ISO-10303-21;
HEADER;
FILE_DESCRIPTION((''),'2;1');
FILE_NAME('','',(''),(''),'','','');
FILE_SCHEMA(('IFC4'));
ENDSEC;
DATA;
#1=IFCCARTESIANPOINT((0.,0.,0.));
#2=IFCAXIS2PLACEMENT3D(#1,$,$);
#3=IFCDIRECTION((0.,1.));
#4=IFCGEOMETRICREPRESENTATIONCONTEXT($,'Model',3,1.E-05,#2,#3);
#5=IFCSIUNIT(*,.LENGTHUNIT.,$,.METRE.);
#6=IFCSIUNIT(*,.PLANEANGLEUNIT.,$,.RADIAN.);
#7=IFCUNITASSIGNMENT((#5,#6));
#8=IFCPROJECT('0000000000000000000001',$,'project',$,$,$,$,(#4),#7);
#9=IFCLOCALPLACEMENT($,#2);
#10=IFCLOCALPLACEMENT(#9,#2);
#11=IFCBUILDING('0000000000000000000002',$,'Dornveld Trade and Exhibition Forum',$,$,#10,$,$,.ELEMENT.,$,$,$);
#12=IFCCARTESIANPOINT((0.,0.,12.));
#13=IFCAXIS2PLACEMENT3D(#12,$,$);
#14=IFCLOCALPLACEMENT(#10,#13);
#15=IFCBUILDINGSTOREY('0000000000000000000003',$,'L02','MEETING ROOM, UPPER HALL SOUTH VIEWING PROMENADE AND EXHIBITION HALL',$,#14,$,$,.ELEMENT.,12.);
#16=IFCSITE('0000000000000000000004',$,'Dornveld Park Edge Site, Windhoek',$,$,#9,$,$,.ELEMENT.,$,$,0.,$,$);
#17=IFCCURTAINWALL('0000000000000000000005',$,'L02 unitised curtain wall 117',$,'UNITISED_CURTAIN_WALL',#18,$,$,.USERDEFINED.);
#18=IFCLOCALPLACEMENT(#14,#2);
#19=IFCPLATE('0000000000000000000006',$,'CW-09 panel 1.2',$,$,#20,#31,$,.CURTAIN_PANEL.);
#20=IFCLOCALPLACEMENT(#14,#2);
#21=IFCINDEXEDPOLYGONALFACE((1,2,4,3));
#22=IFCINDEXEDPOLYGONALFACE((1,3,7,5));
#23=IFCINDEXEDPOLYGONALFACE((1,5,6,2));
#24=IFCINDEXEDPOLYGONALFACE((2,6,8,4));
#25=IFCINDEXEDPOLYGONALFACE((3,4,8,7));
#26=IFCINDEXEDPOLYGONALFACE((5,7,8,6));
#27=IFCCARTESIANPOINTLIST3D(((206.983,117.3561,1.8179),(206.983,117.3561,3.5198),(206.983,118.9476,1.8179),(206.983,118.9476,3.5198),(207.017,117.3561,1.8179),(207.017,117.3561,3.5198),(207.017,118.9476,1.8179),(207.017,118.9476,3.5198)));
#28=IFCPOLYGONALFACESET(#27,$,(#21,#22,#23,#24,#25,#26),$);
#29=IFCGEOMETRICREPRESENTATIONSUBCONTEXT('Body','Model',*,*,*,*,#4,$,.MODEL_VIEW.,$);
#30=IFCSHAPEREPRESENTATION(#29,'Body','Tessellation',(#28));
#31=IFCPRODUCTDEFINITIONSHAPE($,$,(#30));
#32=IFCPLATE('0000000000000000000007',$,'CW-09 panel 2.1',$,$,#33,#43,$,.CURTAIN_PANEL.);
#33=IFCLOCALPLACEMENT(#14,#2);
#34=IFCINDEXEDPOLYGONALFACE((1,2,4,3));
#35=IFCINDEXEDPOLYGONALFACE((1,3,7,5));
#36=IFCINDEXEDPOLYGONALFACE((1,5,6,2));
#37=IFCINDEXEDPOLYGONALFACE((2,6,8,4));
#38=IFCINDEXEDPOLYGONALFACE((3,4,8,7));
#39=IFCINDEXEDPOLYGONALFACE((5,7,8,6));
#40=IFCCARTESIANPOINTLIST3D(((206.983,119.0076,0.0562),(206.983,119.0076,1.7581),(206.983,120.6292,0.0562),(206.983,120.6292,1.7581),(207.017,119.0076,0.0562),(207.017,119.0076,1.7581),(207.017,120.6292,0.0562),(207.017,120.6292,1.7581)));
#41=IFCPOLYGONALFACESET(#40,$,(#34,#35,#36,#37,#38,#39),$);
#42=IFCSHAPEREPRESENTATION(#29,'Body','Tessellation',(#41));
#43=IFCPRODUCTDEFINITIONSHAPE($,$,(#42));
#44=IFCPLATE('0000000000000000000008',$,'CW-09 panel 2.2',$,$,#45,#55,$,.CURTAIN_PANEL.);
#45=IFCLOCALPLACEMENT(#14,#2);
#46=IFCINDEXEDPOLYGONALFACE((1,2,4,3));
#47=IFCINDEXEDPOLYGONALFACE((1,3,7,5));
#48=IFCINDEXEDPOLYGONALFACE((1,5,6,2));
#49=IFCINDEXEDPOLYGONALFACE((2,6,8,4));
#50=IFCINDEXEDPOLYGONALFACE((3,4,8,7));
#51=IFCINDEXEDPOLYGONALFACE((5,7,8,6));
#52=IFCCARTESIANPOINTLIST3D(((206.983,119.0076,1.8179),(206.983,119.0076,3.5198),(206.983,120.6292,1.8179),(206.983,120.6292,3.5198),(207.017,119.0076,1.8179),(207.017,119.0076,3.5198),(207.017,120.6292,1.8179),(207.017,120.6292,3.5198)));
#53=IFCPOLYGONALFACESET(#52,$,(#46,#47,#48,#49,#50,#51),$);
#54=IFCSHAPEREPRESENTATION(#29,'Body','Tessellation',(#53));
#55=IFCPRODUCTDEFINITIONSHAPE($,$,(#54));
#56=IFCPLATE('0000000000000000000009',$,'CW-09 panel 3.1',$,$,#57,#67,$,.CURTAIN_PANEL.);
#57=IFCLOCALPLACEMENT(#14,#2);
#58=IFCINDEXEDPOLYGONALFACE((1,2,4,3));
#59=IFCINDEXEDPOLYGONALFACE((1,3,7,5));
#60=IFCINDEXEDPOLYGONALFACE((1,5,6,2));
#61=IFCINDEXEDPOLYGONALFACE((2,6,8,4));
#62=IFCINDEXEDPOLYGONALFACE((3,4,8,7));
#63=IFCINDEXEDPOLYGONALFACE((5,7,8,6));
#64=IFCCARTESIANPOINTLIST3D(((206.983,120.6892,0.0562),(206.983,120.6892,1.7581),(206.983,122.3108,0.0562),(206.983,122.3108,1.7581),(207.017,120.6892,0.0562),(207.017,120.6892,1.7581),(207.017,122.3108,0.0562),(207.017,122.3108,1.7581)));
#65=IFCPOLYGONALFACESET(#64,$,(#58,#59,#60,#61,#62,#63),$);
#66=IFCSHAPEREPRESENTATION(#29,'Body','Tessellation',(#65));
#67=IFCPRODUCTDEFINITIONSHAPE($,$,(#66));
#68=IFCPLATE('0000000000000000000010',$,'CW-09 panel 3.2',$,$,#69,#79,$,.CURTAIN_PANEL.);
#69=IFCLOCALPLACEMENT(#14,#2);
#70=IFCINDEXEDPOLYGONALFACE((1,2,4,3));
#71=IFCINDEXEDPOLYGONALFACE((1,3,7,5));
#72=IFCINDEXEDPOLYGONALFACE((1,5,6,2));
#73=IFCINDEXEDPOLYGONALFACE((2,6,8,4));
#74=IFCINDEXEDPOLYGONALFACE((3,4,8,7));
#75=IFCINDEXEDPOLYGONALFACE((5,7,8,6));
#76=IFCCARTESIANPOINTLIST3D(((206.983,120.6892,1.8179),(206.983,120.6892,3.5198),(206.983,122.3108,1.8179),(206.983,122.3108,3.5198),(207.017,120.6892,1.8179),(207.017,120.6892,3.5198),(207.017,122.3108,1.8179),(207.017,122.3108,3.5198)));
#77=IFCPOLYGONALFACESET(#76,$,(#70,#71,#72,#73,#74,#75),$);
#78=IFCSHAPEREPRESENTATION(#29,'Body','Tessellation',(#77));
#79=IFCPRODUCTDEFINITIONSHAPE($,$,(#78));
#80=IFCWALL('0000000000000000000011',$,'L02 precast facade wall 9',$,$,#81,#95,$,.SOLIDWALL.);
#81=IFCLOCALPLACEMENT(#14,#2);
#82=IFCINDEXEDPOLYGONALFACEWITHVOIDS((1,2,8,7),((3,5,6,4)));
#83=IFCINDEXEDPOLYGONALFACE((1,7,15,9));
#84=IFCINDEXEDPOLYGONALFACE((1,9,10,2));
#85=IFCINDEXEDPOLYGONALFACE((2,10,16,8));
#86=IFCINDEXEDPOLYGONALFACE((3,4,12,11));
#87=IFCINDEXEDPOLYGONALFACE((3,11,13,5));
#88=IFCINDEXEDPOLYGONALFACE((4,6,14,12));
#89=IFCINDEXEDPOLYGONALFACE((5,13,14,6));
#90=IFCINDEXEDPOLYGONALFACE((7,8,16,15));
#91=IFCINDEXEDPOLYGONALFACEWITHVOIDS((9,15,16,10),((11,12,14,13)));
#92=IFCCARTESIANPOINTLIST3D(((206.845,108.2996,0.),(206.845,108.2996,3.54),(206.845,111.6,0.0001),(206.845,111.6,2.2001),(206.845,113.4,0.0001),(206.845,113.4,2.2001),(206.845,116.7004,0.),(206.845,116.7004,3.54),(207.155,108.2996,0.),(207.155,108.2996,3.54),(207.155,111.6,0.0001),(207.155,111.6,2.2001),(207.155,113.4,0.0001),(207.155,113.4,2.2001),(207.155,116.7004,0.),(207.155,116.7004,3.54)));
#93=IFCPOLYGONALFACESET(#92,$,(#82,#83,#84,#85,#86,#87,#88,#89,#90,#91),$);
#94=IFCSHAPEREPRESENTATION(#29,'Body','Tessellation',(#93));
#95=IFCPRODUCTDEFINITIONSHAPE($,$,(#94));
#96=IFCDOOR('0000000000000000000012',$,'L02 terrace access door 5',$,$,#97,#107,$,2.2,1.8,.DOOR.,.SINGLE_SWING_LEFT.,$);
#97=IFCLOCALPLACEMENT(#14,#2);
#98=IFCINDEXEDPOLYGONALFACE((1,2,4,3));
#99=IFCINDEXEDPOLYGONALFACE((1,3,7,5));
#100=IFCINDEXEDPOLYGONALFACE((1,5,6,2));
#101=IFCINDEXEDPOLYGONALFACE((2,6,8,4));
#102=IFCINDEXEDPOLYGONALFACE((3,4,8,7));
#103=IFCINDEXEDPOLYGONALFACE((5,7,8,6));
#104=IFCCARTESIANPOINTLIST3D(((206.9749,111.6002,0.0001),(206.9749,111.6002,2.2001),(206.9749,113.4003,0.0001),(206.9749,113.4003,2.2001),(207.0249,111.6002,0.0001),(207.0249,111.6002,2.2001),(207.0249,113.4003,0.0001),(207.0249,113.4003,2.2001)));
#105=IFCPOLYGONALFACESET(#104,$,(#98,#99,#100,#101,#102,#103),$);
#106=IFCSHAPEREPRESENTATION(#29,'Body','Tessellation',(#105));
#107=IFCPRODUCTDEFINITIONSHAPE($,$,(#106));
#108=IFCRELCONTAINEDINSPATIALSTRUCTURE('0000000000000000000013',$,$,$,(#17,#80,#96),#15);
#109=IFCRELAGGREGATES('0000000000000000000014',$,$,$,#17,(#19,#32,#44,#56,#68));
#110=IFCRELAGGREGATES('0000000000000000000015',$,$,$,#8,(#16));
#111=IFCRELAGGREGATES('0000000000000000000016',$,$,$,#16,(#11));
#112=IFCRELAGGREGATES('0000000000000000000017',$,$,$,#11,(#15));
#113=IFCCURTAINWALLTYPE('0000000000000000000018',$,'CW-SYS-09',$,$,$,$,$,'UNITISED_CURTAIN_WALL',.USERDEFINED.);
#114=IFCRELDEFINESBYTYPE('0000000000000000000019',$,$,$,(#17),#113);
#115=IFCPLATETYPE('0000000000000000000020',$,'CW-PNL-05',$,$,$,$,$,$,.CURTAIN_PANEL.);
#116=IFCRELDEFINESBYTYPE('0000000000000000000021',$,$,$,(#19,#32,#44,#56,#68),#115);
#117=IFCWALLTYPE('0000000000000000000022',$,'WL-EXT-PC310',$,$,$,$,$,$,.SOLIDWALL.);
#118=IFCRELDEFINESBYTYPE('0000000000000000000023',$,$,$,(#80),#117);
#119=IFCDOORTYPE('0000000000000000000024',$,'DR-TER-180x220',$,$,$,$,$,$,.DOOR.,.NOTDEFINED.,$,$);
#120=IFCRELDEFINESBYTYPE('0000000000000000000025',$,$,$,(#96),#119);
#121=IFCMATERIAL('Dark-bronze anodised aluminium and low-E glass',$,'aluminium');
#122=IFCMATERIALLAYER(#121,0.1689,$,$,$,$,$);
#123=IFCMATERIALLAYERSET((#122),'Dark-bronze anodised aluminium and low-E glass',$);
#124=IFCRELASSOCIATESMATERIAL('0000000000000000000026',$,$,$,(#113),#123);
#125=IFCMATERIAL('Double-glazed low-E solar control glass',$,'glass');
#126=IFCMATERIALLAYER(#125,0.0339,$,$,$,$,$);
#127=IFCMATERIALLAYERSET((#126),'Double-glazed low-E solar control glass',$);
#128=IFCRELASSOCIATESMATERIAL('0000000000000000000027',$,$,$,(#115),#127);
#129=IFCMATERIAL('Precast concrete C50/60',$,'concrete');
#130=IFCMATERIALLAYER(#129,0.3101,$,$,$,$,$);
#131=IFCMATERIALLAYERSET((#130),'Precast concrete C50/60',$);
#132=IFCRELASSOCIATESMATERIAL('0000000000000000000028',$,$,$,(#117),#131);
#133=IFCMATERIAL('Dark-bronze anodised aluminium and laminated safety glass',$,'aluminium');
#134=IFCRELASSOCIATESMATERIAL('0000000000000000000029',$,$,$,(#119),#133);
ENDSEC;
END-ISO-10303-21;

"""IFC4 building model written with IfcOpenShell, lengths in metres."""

from ifc_helpers import new_model, si_unit, direction, frame, frame_2d, origin, origin_2d, place, context, subcontext, project, spatial, rectangle, extrude, material, layer, layer_set, type_object, element, fill, aggregate, save


model = new_model("IFC4")

# Units and contexts
model_context = context("Model", 3, precision=1e-05, world=origin(), true_north=direction((0.0, 1.0)))
body_context = subcontext(model_context, "Body", "Model", "MODEL_VIEW")
ifc_project = project(units=[si_unit("LENGTHUNIT", "METRE"), si_unit("PLANEANGLEUNIT", "RADIAN")], contexts=[model_context])

# Site, building, storey
site_placement = place(None, origin())
site = spatial("IfcSite", under=ifc_project, at=site_placement, Name="Dornveld Park Edge Site, Windhoek", CompositionType="ELEMENT", RefElevation=0.0)
building_placement = place(site_placement, origin())
building = spatial("IfcBuilding", under=site, at=building_placement, Name="Dornveld Trade and Exhibition Forum", CompositionType="ELEMENT")
storey_placement = place(building_placement, frame((0.0, 0.0, 12.0)))
storey = spatial("IfcBuildingStorey", under=building, at=storey_placement, Name="L02", Description="MEETING ROOM, UPPER HALL SOUTH VIEWING PROMENADE AND EXHIBITION HALL", CompositionType="ELEMENT", Elevation=12.0)

# Curtain wall, plates
ifc_material_1 = material(Name="Dark-bronze anodised aluminium and low-E glass", Category="aluminium")
ifc_layer_1 = layer(ifc_material_1, 0.1689)
ifc_layer_set_1 = layer_set([ifc_layer_1], Name="Dark-bronze anodised aluminium and low-E glass")
curtain_wall_type = type_object("IfcCurtainWallType", Name="CW-SYS-09", ElementType="UNITISED_CURTAIN_WALL", PredefinedType="USERDEFINED", material=ifc_layer_set_1)
curtain_wall_placement = place(storey_placement, origin())
curtain_wall = element("IfcCurtainWall", 1, at=curtain_wall_placement, inside=storey, type_object=curtain_wall_type, Name="L02 unitised curtain wall 117", ObjectType="UNITISED_CURTAIN_WALL", PredefinedType="USERDEFINED")
ifc_material_2 = material(Name="Double-glazed low-E solar control glass", Category="glass")
ifc_layer_2 = layer(ifc_material_2, 0.0339)
ifc_layer_set_2 = layer_set([ifc_layer_2], Name="Double-glazed low-E solar control glass")
plate_type = type_object("IfcPlateType", Name="CW-PNL-05", PredefinedType="CURTAIN_PANEL", material=ifc_layer_set_2)
plate_1_placement = place(storey_placement, frame((207.0, 118.1519, 1.8179), z_axis=(0.0, 0.0, 1.0), x_axis=(0.0, 1.0, 0.0)))
plate_1 = element("IfcPlate", 2, at=plate_1_placement, type_object=plate_type, Name="CW-09 panel 1.2", PredefinedType="CURTAIN_PANEL", context=body_context, shape_type="SweptSolid", body=[
    extrude(rectangle(XDim=1.5916, YDim=0.0339, at=origin_2d()), origin(), (0.0, 0.0, 1.0), 1.7019),
])
plate_2_placement = place(storey_placement, frame((207.0, 119.8184, 0.0562), z_axis=(0.0, 0.0, 1.0), x_axis=(0.0, 1.0, 0.0)))
plate_2 = element("IfcPlate", 3, at=plate_2_placement, type_object=plate_type, Name="CW-09 panel 2.1", PredefinedType="CURTAIN_PANEL", context=body_context, shape_type="SweptSolid", body=[
    extrude(rectangle(XDim=1.6216, YDim=0.0339, at=origin_2d()), origin(), (0.0, 0.0, 1.0), 1.7019),
])
plate_3_placement = place(storey_placement, frame((207.0, 119.8184, 1.8179), z_axis=(0.0, 0.0, 1.0), x_axis=(0.0, 1.0, 0.0)))
plate_3 = element("IfcPlate", 4, at=plate_3_placement, type_object=plate_type, Name="CW-09 panel 2.2", PredefinedType="CURTAIN_PANEL", context=body_context, shape_type="SweptSolid", body=[
    extrude(rectangle(XDim=1.6216, YDim=0.0339, at=origin_2d()), origin(), (0.0, 0.0, 1.0), 1.7019),
])
plate_4_placement = place(storey_placement, frame((207.0, 121.5, 0.0562), z_axis=(0.0, 0.0, 1.0), x_axis=(0.0, 1.0, 0.0)))
plate_4 = element("IfcPlate", 5, at=plate_4_placement, type_object=plate_type, Name="CW-09 panel 3.1", PredefinedType="CURTAIN_PANEL", context=body_context, shape_type="SweptSolid", body=[
    extrude(rectangle(XDim=1.6216, YDim=0.0339, at=origin_2d()), origin(), (0.0, 0.0, 1.0), 1.7019),
])
plate_5_placement = place(storey_placement, frame((207.0, 121.5, 1.8179), z_axis=(0.0, 0.0, 1.0), x_axis=(0.0, 1.0, 0.0)))
plate_5 = element("IfcPlate", 6, at=plate_5_placement, type_object=plate_type, Name="CW-09 panel 3.2", PredefinedType="CURTAIN_PANEL", context=body_context, shape_type="SweptSolid", body=[
    extrude(rectangle(XDim=1.6216, YDim=0.0339, at=origin_2d()), origin(), (0.0, 0.0, 1.0), 1.7019),
])
aggregate(curtain_wall, [plate_1, plate_2, plate_3, plate_4, plate_5])

# Wall, opening, door
ifc_material_3 = material(Name="Precast concrete C50/60", Category="concrete")
ifc_layer_3 = layer(ifc_material_3, 0.3101)
ifc_layer_set_3 = layer_set([ifc_layer_3], Name="Precast concrete C50/60")
wall_type = type_object("IfcWallType", Name="WL-EXT-PC310", PredefinedType="SOLIDWALL", material=ifc_layer_set_3)
wall_placement = place(storey_placement, frame((207.0, 108.2996, 0.0), z_axis=(0.0, 0.0, 1.0), x_axis=(0.0, 1.0, 0.0)))
wall = element("IfcWall", 7, at=wall_placement, inside=storey, type_object=wall_type, Name="L02 precast facade wall 9", PredefinedType="SOLIDWALL", context=body_context, shape_type="SweptSolid", body=[
    extrude(rectangle(XDim=8.4009, YDim=0.3101, at=frame_2d((4.2004, 0.0))), origin(), (0.0, 0.0, 1.0), 3.54),
])
opening_placement = place(wall_placement, frame((3.3005, 0.0, 0.0)))
opening = element("IfcOpeningElement", 8, at=opening_placement, cuts=wall, PredefinedType="OPENING", context=body_context, shape_type="SweptSolid", body=[
    extrude(rectangle(XDim=1.8, YDim=2.2, at=frame_2d((0.8999, 1.1001))), frame((0.0, 0.165, 0.0), z_axis=(0.0, -1.0, 0.0), x_axis=(1.0, 0.0, 0.0)), (0.0, 0.0, 1.0), 0.3301),
])
ifc_material_4 = material(Name="Dark-bronze anodised aluminium and laminated safety glass", Category="aluminium")
door_type = type_object("IfcDoorType", Name="DR-TER-180x220", OperationType="NOTDEFINED", PredefinedType="DOOR", material=ifc_material_4)
door_placement = place(opening_placement, frame((1.8, 0.0, 0.0), z_axis=(0.0, 0.0, 1.0), x_axis=(-1.0, 0.0, 0.0)))
door = element("IfcDoor", 9, at=door_placement, inside=storey, type_object=door_type, Name="L02 terrace access door 5", OperationType="SINGLE_SWING_LEFT", OverallHeight=2.2, OverallWidth=1.8, PredefinedType="DOOR", context=body_context, shape_type="SweptSolid", body=[
    extrude(rectangle(XDim=1.8, YDim=2.2, at=frame_2d((0.8999, 1.1001))), frame((0.0, 0.0249, 0.0), z_axis=(0.0, -1.0, 0.0), x_axis=(1.0, 0.0, 0.0)), (0.0, 0.0, 1.0), 0.05),
])
fill(opening, door)

save(model, "model.ifc")
